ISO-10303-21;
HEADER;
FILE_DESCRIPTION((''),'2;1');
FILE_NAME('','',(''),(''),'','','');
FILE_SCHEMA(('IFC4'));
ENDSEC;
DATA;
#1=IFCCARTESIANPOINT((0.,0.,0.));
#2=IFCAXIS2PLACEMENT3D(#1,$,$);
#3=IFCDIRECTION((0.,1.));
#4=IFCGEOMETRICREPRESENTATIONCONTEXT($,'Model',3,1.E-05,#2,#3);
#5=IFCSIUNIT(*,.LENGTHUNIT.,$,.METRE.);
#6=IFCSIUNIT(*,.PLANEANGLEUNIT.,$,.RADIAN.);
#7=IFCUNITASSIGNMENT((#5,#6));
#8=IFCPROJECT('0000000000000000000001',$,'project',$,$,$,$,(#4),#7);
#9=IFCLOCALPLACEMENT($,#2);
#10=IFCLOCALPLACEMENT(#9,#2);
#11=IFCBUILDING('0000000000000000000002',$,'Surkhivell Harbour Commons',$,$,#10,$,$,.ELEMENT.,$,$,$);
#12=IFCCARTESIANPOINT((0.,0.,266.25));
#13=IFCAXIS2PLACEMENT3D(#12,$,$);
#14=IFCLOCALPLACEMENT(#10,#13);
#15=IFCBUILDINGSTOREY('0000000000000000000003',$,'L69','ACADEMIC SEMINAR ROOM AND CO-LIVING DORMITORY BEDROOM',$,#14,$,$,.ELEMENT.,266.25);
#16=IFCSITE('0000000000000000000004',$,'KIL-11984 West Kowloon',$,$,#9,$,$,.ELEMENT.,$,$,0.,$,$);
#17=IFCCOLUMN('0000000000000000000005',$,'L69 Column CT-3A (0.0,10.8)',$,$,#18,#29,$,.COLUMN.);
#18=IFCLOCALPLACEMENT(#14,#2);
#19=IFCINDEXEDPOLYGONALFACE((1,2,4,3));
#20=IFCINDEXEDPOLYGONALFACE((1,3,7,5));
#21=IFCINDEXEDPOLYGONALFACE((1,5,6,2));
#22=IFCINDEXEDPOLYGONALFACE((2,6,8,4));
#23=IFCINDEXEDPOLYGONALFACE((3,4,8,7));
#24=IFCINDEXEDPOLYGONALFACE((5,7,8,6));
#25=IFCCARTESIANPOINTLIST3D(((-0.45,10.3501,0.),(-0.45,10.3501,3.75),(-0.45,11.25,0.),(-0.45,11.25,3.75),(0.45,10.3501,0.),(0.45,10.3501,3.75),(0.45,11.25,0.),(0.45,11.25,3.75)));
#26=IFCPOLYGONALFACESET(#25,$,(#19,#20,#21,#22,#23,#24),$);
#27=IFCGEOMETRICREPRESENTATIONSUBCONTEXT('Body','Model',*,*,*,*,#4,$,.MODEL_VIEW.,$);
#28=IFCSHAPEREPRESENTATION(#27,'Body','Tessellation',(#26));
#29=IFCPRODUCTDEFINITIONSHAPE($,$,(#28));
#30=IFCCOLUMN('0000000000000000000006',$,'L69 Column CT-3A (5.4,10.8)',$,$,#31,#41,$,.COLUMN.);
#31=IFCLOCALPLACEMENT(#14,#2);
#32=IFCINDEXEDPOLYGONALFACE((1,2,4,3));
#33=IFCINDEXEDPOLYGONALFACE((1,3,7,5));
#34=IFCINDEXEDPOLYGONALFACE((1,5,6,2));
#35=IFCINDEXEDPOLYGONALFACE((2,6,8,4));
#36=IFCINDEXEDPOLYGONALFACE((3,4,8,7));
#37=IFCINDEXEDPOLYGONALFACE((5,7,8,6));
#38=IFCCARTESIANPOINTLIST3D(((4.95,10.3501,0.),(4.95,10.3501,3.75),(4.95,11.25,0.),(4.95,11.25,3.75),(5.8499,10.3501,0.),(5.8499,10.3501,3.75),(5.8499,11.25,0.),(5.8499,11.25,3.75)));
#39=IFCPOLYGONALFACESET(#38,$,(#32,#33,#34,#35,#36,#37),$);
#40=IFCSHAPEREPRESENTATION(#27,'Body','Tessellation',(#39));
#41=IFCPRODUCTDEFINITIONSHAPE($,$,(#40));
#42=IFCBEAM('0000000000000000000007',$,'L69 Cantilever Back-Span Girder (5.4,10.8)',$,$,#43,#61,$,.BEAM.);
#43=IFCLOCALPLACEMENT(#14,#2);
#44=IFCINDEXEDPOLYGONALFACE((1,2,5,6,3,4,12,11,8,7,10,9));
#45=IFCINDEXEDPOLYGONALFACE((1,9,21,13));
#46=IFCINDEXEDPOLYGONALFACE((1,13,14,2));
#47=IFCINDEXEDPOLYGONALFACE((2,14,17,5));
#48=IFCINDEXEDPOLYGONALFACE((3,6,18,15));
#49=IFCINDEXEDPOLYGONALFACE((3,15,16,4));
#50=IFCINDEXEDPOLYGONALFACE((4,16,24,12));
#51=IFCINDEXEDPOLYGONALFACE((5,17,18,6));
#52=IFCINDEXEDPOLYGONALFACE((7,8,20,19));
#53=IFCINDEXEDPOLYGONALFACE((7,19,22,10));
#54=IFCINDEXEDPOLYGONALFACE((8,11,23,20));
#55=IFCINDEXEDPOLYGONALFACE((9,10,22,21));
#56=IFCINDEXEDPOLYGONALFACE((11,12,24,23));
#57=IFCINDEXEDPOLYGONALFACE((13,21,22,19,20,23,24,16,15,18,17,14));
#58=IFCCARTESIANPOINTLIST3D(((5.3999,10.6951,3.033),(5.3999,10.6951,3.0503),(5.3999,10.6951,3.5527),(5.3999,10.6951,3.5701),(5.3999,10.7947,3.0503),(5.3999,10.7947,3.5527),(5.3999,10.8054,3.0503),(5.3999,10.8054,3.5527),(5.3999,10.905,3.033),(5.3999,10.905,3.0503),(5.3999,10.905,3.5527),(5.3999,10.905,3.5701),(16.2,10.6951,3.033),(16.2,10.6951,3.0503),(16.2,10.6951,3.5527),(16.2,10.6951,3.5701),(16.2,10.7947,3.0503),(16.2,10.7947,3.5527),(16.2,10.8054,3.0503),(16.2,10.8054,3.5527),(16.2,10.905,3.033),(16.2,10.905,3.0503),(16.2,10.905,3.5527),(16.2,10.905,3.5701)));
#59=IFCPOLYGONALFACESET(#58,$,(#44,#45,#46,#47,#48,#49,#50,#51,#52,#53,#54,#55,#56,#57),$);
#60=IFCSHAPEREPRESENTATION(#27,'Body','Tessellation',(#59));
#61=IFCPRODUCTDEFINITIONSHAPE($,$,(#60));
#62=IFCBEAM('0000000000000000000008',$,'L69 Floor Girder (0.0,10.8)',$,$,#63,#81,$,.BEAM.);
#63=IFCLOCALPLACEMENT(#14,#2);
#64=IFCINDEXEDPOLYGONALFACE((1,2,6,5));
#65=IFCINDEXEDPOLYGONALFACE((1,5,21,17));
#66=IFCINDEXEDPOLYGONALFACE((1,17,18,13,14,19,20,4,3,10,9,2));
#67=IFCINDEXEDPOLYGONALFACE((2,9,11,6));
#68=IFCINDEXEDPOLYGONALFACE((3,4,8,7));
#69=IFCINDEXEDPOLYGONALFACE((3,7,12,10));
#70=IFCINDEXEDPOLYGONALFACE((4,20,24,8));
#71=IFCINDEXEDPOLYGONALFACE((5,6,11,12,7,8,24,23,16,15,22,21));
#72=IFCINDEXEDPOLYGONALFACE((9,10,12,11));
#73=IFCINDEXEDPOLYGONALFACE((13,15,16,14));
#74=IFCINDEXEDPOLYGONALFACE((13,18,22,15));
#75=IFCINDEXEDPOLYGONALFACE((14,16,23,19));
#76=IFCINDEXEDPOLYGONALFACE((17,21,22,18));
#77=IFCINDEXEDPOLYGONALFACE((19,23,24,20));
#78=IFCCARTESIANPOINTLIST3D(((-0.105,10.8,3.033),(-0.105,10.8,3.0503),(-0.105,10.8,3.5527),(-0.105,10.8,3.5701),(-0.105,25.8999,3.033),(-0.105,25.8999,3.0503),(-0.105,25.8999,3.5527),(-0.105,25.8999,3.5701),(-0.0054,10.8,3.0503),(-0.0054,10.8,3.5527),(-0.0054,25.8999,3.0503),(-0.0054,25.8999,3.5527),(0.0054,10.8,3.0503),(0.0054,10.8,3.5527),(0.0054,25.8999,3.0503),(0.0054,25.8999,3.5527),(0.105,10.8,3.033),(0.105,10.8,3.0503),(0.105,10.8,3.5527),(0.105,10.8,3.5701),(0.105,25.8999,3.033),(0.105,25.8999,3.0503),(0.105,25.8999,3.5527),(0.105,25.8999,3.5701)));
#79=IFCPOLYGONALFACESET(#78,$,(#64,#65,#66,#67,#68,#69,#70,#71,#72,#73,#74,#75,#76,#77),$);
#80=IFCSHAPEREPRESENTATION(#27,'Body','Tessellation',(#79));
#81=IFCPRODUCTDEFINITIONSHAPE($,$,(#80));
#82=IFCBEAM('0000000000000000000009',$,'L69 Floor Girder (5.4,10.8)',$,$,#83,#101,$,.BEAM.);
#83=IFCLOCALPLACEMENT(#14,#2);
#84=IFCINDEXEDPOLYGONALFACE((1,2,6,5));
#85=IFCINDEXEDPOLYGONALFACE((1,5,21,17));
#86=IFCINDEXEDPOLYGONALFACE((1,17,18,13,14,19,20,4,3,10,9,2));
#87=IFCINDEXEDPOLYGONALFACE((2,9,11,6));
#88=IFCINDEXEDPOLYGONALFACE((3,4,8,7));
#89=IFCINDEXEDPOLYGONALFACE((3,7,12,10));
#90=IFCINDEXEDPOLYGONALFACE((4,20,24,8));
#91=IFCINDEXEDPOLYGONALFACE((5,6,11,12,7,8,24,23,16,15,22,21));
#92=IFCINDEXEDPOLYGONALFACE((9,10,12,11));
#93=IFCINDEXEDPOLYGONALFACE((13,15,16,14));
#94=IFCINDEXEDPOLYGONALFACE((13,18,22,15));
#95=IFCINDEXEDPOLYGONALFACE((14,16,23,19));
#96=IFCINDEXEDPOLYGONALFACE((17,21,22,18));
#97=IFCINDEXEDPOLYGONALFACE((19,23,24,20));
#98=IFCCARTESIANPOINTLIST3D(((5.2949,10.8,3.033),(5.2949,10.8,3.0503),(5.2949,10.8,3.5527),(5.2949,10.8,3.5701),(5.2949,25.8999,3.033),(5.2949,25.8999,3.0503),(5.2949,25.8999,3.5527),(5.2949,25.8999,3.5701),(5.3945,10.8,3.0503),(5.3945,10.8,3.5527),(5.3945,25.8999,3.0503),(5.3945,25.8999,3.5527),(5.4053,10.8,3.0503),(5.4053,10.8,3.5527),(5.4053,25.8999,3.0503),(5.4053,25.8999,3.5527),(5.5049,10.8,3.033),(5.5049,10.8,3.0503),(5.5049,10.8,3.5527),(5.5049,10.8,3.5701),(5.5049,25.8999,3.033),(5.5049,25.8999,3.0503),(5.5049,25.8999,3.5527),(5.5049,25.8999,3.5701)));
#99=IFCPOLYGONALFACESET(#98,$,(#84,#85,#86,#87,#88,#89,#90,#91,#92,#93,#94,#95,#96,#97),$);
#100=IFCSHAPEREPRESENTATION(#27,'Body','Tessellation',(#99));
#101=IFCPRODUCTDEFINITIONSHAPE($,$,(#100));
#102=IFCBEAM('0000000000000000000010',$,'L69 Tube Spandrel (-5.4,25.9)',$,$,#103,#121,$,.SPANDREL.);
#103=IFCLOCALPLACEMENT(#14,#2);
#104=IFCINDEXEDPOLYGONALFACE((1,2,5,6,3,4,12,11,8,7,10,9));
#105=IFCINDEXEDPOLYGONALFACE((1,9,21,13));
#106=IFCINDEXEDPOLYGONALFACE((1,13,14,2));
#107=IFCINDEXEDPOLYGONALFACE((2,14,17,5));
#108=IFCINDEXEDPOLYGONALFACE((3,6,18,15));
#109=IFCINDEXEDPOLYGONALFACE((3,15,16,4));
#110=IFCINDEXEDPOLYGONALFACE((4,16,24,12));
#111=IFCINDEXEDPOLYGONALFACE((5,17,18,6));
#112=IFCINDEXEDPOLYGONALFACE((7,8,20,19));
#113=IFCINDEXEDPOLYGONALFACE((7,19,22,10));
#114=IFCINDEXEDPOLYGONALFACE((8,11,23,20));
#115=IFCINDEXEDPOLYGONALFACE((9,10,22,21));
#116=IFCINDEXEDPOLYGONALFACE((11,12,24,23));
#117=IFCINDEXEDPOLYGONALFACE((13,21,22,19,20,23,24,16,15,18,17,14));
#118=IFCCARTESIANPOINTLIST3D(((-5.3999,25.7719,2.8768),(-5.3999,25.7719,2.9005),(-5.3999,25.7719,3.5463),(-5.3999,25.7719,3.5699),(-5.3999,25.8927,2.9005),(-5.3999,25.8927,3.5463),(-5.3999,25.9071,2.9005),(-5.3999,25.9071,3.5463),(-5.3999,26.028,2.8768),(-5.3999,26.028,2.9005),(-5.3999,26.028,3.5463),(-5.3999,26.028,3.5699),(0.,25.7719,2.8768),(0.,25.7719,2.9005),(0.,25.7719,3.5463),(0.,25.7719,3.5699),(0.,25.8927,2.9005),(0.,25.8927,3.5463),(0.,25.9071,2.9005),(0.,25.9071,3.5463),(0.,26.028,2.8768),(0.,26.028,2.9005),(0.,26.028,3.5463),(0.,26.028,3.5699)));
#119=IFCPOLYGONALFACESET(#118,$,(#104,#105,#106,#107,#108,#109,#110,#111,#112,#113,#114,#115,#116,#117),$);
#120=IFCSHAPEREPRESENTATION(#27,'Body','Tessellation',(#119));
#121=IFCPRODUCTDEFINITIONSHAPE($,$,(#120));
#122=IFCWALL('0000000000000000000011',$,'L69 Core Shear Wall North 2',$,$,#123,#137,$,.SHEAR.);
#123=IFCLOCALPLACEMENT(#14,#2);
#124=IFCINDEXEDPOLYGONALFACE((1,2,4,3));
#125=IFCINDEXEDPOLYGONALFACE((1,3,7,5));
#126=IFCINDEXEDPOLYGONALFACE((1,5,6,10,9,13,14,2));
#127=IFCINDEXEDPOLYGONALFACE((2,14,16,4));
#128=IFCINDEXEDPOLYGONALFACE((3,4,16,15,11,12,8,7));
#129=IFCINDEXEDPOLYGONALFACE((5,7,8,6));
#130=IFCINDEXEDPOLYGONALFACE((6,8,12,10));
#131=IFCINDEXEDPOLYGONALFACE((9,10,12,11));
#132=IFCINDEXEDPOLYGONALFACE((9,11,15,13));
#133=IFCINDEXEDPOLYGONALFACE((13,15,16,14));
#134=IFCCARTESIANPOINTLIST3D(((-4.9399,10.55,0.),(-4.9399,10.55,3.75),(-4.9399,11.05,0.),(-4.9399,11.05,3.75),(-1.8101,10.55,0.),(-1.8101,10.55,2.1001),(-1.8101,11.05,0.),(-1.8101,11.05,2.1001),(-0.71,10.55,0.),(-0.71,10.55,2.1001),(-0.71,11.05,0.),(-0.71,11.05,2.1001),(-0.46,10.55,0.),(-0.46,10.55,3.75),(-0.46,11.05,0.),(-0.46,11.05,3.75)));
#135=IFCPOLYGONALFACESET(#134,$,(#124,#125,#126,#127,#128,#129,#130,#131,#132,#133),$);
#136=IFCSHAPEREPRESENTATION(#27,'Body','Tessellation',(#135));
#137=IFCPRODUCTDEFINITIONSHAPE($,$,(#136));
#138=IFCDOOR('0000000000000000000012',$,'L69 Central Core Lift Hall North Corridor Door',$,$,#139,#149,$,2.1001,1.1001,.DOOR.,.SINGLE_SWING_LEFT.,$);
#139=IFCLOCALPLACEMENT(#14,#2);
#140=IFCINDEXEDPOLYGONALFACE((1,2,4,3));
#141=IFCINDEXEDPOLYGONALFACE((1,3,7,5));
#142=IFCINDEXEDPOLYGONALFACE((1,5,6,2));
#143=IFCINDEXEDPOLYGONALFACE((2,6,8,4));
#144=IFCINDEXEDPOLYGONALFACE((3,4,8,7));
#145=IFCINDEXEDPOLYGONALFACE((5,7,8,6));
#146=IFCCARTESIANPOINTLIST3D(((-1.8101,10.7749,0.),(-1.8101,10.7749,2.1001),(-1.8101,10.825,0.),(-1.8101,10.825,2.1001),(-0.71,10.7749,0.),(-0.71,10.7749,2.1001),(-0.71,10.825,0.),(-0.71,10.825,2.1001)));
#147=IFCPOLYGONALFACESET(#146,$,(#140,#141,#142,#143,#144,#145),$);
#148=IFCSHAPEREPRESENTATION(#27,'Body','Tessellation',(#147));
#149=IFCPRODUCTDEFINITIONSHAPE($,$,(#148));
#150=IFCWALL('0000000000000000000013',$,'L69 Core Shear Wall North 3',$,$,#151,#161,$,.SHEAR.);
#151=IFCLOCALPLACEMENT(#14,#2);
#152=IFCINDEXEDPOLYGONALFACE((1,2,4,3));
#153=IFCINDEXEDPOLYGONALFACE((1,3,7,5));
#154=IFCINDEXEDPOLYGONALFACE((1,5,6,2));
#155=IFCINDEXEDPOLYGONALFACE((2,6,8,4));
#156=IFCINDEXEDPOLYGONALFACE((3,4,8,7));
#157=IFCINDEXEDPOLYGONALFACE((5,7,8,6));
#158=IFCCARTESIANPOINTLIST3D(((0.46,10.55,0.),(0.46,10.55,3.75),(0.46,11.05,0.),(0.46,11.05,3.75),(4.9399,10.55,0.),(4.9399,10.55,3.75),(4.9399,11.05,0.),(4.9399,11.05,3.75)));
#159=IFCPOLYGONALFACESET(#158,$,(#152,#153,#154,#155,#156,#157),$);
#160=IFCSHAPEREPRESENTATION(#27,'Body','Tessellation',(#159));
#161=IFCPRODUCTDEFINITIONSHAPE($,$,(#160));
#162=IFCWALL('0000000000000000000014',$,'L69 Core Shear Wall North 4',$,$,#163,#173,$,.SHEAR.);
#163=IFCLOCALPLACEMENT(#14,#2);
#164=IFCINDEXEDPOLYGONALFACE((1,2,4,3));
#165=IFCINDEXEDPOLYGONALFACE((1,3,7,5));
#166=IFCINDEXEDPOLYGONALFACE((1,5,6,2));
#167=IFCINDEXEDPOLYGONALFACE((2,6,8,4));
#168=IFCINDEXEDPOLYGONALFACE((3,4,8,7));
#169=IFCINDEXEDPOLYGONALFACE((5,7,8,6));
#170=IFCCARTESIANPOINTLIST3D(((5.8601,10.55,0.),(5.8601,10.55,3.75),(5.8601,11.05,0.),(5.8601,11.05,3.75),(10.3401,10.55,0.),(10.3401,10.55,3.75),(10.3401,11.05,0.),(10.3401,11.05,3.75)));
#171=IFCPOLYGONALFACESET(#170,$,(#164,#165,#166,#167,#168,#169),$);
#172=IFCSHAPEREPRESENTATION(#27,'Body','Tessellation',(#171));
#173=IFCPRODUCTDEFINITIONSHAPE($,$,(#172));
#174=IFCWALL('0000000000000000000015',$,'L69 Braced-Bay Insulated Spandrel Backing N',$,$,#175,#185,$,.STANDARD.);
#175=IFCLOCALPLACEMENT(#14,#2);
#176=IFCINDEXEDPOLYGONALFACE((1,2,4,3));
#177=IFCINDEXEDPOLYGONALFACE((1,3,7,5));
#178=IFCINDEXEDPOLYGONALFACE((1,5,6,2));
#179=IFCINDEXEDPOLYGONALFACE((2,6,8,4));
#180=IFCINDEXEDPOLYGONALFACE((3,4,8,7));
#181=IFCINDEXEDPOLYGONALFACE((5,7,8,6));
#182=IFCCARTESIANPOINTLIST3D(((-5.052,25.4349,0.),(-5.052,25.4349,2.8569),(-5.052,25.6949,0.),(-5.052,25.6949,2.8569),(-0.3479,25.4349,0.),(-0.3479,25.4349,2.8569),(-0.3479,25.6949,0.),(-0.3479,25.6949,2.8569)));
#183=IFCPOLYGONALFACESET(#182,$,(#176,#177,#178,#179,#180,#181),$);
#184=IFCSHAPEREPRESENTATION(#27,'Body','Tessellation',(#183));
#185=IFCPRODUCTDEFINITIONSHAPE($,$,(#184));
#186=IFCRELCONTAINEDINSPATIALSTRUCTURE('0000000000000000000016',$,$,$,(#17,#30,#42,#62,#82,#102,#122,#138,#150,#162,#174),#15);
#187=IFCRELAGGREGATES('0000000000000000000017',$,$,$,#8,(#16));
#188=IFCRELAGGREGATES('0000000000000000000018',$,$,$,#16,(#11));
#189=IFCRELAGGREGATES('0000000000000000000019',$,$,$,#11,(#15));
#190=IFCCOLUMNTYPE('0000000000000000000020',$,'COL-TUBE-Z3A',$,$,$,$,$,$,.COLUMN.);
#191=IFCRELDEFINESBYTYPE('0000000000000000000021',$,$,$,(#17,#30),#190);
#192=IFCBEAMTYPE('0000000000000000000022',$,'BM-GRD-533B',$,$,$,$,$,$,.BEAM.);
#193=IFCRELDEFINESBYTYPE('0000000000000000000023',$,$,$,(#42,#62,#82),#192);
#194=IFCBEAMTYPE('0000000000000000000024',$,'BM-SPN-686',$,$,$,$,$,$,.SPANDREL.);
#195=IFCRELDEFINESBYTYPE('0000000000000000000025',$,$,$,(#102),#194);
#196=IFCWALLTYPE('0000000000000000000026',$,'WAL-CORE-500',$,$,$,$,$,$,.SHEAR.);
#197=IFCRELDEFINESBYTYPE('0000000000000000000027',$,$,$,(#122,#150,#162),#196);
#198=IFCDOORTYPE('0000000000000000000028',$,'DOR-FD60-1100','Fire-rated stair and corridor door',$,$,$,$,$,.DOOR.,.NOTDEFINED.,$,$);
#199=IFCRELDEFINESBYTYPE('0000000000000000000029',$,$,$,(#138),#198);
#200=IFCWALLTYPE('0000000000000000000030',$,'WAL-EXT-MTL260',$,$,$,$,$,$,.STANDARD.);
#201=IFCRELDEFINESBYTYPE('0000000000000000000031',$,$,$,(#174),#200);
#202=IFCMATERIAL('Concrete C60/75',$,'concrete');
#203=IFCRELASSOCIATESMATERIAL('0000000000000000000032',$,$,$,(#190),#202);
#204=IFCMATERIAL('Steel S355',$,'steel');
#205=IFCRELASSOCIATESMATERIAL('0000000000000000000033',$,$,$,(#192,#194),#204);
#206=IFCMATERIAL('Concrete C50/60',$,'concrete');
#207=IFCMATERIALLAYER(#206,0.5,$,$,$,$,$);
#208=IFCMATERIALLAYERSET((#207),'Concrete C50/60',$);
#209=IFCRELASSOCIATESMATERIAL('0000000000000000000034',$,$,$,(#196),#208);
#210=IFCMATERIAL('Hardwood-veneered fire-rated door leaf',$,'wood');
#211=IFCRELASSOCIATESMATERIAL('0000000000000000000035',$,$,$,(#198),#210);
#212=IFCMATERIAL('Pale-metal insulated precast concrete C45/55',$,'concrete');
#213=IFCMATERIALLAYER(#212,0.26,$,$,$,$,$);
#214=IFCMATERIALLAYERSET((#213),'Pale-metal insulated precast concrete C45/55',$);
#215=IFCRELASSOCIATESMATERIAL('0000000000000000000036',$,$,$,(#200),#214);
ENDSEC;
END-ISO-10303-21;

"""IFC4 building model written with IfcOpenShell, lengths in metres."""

from ifc_helpers import new_model, si_unit, direction, frame, frame_2d, origin, origin_2d, place, context, subcontext, project, spatial, rectangle, i_section, extrude, material, layer, layer_set, material_profile, profile_set, type_object, element, fill, save


model = new_model("IFC4")

# Units and contexts
model_context = context("Model", 3, precision=1e-05, world=origin(), true_north=direction((0.0, 1.0)))
body_context = subcontext(model_context, "Body", "Model", "MODEL_VIEW")
ifc_project = project(units=[si_unit("LENGTHUNIT", "METRE"), si_unit("PLANEANGLEUNIT", "RADIAN")], contexts=[model_context])

# Site, building, storey
site_placement = place(None, origin())
site = spatial("IfcSite", under=ifc_project, at=site_placement, Name="KIL-11984 West Kowloon", CompositionType="ELEMENT", RefElevation=0.0)
building_placement = place(site_placement, origin())
building = spatial("IfcBuilding", under=site, at=building_placement, Name="Surkhivell Harbour Commons", CompositionType="ELEMENT")
storey_placement = place(building_placement, frame((0.0, 0.0, 266.25)))
storey = spatial("IfcBuildingStorey", under=building, at=storey_placement, Name="L69", Description="ACADEMIC SEMINAR ROOM AND CO-LIVING DORMITORY BEDROOM", CompositionType="ELEMENT", Elevation=266.25)

# Columns
ifc_material_1 = material(Name="Concrete C60/75", Category="concrete")
ifc_material_profile_1 = material_profile(ifc_material_1, rectangle(XDim=0.8999, YDim=0.8999, at=origin_2d()), Name="RC-COL-900x900")
ifc_profile_set_1 = profile_set([ifc_material_profile_1], Name="Concrete C60/75")
column_type = type_object("IfcColumnType", Name="COL-TUBE-Z3A", PredefinedType="COLUMN", material=ifc_profile_set_1)
for number, where, z_axis, x_axis, name in (
    (1, (0.0, 10.8, 0.0), (0.0, 0.0, 1.0), (1.0, 0.0, 0.0), "L69 Column CT-3A (0.0,10.8)"),
    (2, (5.3999, 10.8, 0.0), (0.0, 0.0, 1.0), (1.0, 0.0, 0.0), "L69 Column CT-3A (5.4,10.8)"),
):
    element("IfcColumn", number, at=place(storey_placement, frame(where, z_axis=z_axis, x_axis=x_axis)), inside=storey, type_object=column_type, Name=name, PredefinedType="COLUMN", context=body_context, shape_type="SweptSolid", body=[
        extrude(rectangle(XDim=0.8999, YDim=0.8999, at=origin_2d()), origin(), (0.0, 0.0, 1.0), 3.75),
    ])

# Beams
ifc_material_2 = material(Name="Steel S355", Category="steel")
ifc_material_profile_2 = material_profile(ifc_material_2, i_section(OverallWidth=0.21, OverallDepth=0.5371, WebThickness=0.0107, FlangeThickness=0.0173, at=origin_2d()), Name="UB533x210x101")
ifc_profile_set_2 = profile_set([ifc_material_profile_2], Name="Steel S355")
beam_type_1 = type_object("IfcBeamType", Name="BM-GRD-533B", PredefinedType="BEAM", material=ifc_profile_set_2)
beam_1_placement = place(storey_placement, frame((5.3999, 10.8, 3.3015), z_axis=(1.0, 0.0, 0.0), x_axis=(0.0, 1.0, 0.0)))
element("IfcBeam", 3, at=beam_1_placement, inside=storey, type_object=beam_type_1, Name="L69 Cantilever Back-Span Girder (5.4,10.8)", PredefinedType="BEAM", context=body_context, shape_type="SweptSolid", body=[
    extrude(i_section(OverallWidth=0.21, OverallDepth=0.5371, WebThickness=0.0107, FlangeThickness=0.0173, at=origin_2d()), origin(), (0.0, 0.0, 1.0), 10.8),
])
for number, where, z_axis, x_axis, name in (
    (4, (0.0, 10.8, 3.3015), (0.0, 1.0, 0.0), (-1.0, 0.0, 0.0), "L69 Floor Girder (0.0,10.8)"),
    (5, (5.3999, 10.8, 3.3015), (0.0, 1.0, 0.0), (-1.0, 0.0, 0.0), "L69 Floor Girder (5.4,10.8)"),
):
    element("IfcBeam", number, at=place(storey_placement, frame(where, z_axis=z_axis, x_axis=x_axis)), inside=storey, type_object=beam_type_1, Name=name, PredefinedType="BEAM", context=body_context, shape_type="SweptSolid", body=[
        extrude(i_section(OverallWidth=0.21, OverallDepth=0.5371, WebThickness=0.0107, FlangeThickness=0.0173, at=origin_2d()), origin(), (0.0, 0.0, 1.0), 15.0999),
    ])
ifc_material_profile_3 = material_profile(ifc_material_2, i_section(OverallWidth=0.2561, OverallDepth=0.6931, WebThickness=0.0144, FlangeThickness=0.0237, at=origin_2d()), Name="UB686x254x170")
ifc_profile_set_3 = profile_set([ifc_material_profile_3], Name="Steel S355")
beam_type_2 = type_object("IfcBeamType", Name="BM-SPN-686", PredefinedType="SPANDREL", material=ifc_profile_set_3)
beam_2_placement = place(storey_placement, frame((-5.3999, 25.8999, 3.2234), z_axis=(1.0, 0.0, 0.0), x_axis=(0.0, 1.0, 0.0)))
element("IfcBeam", 6, at=beam_2_placement, inside=storey, type_object=beam_type_2, Name="L69 Tube Spandrel (-5.4,25.9)", PredefinedType="SPANDREL", context=body_context, shape_type="SweptSolid", body=[
    extrude(i_section(OverallWidth=0.2561, OverallDepth=0.6931, WebThickness=0.0144, FlangeThickness=0.0237, at=origin_2d()), origin(), (0.0, 0.0, 1.0), 5.3999),
])

# Wall, opening, door
ifc_material_3 = material(Name="Concrete C50/60", Category="concrete")
ifc_layer_1 = layer(ifc_material_3, 0.5)
ifc_layer_set_1 = layer_set([ifc_layer_1], Name="Concrete C50/60")
wall_type_1 = type_object("IfcWallType", Name="WAL-CORE-500", PredefinedType="SHEAR", material=ifc_layer_set_1)
wall_1_placement = place(storey_placement, frame((-4.9399, 10.8, 0.0), z_axis=(0.0, 0.0, 1.0), x_axis=(1.0, 0.0, 0.0)))
wall_1 = element("IfcWall", 7, at=wall_1_placement, inside=storey, type_object=wall_type_1, Name="L69 Core Shear Wall North 2", PredefinedType="SHEAR", context=body_context, shape_type="SweptSolid", body=[
    extrude(rectangle(XDim=4.48, YDim=0.5, at=frame_2d((2.24, 0.0))), origin(), (0.0, 0.0, 1.0), 3.75),
])
opening_1_placement = place(wall_1_placement, frame((3.1299, 0.0, 0.0)))
opening_1 = element("IfcOpeningElement", 8, at=opening_1_placement, cuts=wall_1, PredefinedType="OPENING", context=body_context, shape_type="SweptSolid", body=[
    extrude(rectangle(XDim=1.1001, YDim=2.1001, at=frame_2d((0.55, 1.05))), frame((0.0, 0.26, 0.0), z_axis=(0.0, -1.0, 0.0), x_axis=(1.0, 0.0, 0.0)), (0.0, 0.0, 1.0), 0.52),
])
ifc_material_4 = material(Name="Hardwood-veneered fire-rated door leaf", Category="wood")
door_type_1 = type_object("IfcDoorType", Name="DOR-FD60-1100", Description="Fire-rated stair and corridor door", OperationType="NOTDEFINED", PredefinedType="DOOR", material=ifc_material_4)
door_1_placement = place(opening_1_placement, origin())
door_1 = element("IfcDoor", 9, at=door_1_placement, inside=storey, type_object=door_type_1, Name="L69 Central Core Lift Hall North Corridor Door", OperationType="SINGLE_SWING_LEFT", OverallHeight=2.1001, OverallWidth=1.1001, PredefinedType="DOOR", context=body_context, shape_type="SweptSolid", body=[
    extrude(rectangle(XDim=1.1001, YDim=2.1001, at=frame_2d((0.55, 1.05))), frame((0.0, 0.0249, 0.0), z_axis=(0.0, -1.0, 0.0), x_axis=(1.0, 0.0, 0.0)), (0.0, 0.0, 1.0), 0.05),
])
fill(opening_1, door_1)

# Walls
for number, where, z_axis, x_axis, name in (
    (10, (0.46, 10.8, 0.0), (0.0, 0.0, 1.0), (1.0, 0.0, 0.0), "L69 Core Shear Wall North 3"),
    (11, (5.8601, 10.8, 0.0), (0.0, 0.0, 1.0), (1.0, 0.0, 0.0), "L69 Core Shear Wall North 4"),
):
    element("IfcWall", number, at=place(storey_placement, frame(where, z_axis=z_axis, x_axis=x_axis)), inside=storey, type_object=wall_type_1, Name=name, PredefinedType="SHEAR", context=body_context, shape_type="SweptSolid", body=[
        extrude(rectangle(XDim=4.48, YDim=0.5, at=frame_2d((2.24, 0.0))), origin(), (0.0, 0.0, 1.0), 3.75),
    ])
ifc_material_5 = material(Name="Pale-metal insulated precast concrete C45/55", Category="concrete")
ifc_layer_2 = layer(ifc_material_5, 0.26)
ifc_layer_set_2 = layer_set([ifc_layer_2], Name="Pale-metal insulated precast concrete C45/55")
wall_type_2 = type_object("IfcWallType", Name="WAL-EXT-MTL260", PredefinedType="STANDARD", material=ifc_layer_set_2)
for number, where, z_axis, x_axis, name in (
    (12, (-0.3479, 25.5649, 0.0), (0.0, 0.0, 1.0), (-1.0, 0.0, 0.0), "L69 Braced-Bay Insulated Spandrel Backing N"),
):
    element("IfcWall", number, at=place(storey_placement, frame(where, z_axis=z_axis, x_axis=x_axis)), inside=storey, type_object=wall_type_2, Name=name, PredefinedType="STANDARD", context=body_context, shape_type="SweptSolid", body=[
        extrude(rectangle(XDim=4.7041, YDim=0.26, at=frame_2d((2.3521, 0.0))), origin(), (0.0, 0.0, 1.0), 2.8569),
    ])

save(model, "model.ifc")
